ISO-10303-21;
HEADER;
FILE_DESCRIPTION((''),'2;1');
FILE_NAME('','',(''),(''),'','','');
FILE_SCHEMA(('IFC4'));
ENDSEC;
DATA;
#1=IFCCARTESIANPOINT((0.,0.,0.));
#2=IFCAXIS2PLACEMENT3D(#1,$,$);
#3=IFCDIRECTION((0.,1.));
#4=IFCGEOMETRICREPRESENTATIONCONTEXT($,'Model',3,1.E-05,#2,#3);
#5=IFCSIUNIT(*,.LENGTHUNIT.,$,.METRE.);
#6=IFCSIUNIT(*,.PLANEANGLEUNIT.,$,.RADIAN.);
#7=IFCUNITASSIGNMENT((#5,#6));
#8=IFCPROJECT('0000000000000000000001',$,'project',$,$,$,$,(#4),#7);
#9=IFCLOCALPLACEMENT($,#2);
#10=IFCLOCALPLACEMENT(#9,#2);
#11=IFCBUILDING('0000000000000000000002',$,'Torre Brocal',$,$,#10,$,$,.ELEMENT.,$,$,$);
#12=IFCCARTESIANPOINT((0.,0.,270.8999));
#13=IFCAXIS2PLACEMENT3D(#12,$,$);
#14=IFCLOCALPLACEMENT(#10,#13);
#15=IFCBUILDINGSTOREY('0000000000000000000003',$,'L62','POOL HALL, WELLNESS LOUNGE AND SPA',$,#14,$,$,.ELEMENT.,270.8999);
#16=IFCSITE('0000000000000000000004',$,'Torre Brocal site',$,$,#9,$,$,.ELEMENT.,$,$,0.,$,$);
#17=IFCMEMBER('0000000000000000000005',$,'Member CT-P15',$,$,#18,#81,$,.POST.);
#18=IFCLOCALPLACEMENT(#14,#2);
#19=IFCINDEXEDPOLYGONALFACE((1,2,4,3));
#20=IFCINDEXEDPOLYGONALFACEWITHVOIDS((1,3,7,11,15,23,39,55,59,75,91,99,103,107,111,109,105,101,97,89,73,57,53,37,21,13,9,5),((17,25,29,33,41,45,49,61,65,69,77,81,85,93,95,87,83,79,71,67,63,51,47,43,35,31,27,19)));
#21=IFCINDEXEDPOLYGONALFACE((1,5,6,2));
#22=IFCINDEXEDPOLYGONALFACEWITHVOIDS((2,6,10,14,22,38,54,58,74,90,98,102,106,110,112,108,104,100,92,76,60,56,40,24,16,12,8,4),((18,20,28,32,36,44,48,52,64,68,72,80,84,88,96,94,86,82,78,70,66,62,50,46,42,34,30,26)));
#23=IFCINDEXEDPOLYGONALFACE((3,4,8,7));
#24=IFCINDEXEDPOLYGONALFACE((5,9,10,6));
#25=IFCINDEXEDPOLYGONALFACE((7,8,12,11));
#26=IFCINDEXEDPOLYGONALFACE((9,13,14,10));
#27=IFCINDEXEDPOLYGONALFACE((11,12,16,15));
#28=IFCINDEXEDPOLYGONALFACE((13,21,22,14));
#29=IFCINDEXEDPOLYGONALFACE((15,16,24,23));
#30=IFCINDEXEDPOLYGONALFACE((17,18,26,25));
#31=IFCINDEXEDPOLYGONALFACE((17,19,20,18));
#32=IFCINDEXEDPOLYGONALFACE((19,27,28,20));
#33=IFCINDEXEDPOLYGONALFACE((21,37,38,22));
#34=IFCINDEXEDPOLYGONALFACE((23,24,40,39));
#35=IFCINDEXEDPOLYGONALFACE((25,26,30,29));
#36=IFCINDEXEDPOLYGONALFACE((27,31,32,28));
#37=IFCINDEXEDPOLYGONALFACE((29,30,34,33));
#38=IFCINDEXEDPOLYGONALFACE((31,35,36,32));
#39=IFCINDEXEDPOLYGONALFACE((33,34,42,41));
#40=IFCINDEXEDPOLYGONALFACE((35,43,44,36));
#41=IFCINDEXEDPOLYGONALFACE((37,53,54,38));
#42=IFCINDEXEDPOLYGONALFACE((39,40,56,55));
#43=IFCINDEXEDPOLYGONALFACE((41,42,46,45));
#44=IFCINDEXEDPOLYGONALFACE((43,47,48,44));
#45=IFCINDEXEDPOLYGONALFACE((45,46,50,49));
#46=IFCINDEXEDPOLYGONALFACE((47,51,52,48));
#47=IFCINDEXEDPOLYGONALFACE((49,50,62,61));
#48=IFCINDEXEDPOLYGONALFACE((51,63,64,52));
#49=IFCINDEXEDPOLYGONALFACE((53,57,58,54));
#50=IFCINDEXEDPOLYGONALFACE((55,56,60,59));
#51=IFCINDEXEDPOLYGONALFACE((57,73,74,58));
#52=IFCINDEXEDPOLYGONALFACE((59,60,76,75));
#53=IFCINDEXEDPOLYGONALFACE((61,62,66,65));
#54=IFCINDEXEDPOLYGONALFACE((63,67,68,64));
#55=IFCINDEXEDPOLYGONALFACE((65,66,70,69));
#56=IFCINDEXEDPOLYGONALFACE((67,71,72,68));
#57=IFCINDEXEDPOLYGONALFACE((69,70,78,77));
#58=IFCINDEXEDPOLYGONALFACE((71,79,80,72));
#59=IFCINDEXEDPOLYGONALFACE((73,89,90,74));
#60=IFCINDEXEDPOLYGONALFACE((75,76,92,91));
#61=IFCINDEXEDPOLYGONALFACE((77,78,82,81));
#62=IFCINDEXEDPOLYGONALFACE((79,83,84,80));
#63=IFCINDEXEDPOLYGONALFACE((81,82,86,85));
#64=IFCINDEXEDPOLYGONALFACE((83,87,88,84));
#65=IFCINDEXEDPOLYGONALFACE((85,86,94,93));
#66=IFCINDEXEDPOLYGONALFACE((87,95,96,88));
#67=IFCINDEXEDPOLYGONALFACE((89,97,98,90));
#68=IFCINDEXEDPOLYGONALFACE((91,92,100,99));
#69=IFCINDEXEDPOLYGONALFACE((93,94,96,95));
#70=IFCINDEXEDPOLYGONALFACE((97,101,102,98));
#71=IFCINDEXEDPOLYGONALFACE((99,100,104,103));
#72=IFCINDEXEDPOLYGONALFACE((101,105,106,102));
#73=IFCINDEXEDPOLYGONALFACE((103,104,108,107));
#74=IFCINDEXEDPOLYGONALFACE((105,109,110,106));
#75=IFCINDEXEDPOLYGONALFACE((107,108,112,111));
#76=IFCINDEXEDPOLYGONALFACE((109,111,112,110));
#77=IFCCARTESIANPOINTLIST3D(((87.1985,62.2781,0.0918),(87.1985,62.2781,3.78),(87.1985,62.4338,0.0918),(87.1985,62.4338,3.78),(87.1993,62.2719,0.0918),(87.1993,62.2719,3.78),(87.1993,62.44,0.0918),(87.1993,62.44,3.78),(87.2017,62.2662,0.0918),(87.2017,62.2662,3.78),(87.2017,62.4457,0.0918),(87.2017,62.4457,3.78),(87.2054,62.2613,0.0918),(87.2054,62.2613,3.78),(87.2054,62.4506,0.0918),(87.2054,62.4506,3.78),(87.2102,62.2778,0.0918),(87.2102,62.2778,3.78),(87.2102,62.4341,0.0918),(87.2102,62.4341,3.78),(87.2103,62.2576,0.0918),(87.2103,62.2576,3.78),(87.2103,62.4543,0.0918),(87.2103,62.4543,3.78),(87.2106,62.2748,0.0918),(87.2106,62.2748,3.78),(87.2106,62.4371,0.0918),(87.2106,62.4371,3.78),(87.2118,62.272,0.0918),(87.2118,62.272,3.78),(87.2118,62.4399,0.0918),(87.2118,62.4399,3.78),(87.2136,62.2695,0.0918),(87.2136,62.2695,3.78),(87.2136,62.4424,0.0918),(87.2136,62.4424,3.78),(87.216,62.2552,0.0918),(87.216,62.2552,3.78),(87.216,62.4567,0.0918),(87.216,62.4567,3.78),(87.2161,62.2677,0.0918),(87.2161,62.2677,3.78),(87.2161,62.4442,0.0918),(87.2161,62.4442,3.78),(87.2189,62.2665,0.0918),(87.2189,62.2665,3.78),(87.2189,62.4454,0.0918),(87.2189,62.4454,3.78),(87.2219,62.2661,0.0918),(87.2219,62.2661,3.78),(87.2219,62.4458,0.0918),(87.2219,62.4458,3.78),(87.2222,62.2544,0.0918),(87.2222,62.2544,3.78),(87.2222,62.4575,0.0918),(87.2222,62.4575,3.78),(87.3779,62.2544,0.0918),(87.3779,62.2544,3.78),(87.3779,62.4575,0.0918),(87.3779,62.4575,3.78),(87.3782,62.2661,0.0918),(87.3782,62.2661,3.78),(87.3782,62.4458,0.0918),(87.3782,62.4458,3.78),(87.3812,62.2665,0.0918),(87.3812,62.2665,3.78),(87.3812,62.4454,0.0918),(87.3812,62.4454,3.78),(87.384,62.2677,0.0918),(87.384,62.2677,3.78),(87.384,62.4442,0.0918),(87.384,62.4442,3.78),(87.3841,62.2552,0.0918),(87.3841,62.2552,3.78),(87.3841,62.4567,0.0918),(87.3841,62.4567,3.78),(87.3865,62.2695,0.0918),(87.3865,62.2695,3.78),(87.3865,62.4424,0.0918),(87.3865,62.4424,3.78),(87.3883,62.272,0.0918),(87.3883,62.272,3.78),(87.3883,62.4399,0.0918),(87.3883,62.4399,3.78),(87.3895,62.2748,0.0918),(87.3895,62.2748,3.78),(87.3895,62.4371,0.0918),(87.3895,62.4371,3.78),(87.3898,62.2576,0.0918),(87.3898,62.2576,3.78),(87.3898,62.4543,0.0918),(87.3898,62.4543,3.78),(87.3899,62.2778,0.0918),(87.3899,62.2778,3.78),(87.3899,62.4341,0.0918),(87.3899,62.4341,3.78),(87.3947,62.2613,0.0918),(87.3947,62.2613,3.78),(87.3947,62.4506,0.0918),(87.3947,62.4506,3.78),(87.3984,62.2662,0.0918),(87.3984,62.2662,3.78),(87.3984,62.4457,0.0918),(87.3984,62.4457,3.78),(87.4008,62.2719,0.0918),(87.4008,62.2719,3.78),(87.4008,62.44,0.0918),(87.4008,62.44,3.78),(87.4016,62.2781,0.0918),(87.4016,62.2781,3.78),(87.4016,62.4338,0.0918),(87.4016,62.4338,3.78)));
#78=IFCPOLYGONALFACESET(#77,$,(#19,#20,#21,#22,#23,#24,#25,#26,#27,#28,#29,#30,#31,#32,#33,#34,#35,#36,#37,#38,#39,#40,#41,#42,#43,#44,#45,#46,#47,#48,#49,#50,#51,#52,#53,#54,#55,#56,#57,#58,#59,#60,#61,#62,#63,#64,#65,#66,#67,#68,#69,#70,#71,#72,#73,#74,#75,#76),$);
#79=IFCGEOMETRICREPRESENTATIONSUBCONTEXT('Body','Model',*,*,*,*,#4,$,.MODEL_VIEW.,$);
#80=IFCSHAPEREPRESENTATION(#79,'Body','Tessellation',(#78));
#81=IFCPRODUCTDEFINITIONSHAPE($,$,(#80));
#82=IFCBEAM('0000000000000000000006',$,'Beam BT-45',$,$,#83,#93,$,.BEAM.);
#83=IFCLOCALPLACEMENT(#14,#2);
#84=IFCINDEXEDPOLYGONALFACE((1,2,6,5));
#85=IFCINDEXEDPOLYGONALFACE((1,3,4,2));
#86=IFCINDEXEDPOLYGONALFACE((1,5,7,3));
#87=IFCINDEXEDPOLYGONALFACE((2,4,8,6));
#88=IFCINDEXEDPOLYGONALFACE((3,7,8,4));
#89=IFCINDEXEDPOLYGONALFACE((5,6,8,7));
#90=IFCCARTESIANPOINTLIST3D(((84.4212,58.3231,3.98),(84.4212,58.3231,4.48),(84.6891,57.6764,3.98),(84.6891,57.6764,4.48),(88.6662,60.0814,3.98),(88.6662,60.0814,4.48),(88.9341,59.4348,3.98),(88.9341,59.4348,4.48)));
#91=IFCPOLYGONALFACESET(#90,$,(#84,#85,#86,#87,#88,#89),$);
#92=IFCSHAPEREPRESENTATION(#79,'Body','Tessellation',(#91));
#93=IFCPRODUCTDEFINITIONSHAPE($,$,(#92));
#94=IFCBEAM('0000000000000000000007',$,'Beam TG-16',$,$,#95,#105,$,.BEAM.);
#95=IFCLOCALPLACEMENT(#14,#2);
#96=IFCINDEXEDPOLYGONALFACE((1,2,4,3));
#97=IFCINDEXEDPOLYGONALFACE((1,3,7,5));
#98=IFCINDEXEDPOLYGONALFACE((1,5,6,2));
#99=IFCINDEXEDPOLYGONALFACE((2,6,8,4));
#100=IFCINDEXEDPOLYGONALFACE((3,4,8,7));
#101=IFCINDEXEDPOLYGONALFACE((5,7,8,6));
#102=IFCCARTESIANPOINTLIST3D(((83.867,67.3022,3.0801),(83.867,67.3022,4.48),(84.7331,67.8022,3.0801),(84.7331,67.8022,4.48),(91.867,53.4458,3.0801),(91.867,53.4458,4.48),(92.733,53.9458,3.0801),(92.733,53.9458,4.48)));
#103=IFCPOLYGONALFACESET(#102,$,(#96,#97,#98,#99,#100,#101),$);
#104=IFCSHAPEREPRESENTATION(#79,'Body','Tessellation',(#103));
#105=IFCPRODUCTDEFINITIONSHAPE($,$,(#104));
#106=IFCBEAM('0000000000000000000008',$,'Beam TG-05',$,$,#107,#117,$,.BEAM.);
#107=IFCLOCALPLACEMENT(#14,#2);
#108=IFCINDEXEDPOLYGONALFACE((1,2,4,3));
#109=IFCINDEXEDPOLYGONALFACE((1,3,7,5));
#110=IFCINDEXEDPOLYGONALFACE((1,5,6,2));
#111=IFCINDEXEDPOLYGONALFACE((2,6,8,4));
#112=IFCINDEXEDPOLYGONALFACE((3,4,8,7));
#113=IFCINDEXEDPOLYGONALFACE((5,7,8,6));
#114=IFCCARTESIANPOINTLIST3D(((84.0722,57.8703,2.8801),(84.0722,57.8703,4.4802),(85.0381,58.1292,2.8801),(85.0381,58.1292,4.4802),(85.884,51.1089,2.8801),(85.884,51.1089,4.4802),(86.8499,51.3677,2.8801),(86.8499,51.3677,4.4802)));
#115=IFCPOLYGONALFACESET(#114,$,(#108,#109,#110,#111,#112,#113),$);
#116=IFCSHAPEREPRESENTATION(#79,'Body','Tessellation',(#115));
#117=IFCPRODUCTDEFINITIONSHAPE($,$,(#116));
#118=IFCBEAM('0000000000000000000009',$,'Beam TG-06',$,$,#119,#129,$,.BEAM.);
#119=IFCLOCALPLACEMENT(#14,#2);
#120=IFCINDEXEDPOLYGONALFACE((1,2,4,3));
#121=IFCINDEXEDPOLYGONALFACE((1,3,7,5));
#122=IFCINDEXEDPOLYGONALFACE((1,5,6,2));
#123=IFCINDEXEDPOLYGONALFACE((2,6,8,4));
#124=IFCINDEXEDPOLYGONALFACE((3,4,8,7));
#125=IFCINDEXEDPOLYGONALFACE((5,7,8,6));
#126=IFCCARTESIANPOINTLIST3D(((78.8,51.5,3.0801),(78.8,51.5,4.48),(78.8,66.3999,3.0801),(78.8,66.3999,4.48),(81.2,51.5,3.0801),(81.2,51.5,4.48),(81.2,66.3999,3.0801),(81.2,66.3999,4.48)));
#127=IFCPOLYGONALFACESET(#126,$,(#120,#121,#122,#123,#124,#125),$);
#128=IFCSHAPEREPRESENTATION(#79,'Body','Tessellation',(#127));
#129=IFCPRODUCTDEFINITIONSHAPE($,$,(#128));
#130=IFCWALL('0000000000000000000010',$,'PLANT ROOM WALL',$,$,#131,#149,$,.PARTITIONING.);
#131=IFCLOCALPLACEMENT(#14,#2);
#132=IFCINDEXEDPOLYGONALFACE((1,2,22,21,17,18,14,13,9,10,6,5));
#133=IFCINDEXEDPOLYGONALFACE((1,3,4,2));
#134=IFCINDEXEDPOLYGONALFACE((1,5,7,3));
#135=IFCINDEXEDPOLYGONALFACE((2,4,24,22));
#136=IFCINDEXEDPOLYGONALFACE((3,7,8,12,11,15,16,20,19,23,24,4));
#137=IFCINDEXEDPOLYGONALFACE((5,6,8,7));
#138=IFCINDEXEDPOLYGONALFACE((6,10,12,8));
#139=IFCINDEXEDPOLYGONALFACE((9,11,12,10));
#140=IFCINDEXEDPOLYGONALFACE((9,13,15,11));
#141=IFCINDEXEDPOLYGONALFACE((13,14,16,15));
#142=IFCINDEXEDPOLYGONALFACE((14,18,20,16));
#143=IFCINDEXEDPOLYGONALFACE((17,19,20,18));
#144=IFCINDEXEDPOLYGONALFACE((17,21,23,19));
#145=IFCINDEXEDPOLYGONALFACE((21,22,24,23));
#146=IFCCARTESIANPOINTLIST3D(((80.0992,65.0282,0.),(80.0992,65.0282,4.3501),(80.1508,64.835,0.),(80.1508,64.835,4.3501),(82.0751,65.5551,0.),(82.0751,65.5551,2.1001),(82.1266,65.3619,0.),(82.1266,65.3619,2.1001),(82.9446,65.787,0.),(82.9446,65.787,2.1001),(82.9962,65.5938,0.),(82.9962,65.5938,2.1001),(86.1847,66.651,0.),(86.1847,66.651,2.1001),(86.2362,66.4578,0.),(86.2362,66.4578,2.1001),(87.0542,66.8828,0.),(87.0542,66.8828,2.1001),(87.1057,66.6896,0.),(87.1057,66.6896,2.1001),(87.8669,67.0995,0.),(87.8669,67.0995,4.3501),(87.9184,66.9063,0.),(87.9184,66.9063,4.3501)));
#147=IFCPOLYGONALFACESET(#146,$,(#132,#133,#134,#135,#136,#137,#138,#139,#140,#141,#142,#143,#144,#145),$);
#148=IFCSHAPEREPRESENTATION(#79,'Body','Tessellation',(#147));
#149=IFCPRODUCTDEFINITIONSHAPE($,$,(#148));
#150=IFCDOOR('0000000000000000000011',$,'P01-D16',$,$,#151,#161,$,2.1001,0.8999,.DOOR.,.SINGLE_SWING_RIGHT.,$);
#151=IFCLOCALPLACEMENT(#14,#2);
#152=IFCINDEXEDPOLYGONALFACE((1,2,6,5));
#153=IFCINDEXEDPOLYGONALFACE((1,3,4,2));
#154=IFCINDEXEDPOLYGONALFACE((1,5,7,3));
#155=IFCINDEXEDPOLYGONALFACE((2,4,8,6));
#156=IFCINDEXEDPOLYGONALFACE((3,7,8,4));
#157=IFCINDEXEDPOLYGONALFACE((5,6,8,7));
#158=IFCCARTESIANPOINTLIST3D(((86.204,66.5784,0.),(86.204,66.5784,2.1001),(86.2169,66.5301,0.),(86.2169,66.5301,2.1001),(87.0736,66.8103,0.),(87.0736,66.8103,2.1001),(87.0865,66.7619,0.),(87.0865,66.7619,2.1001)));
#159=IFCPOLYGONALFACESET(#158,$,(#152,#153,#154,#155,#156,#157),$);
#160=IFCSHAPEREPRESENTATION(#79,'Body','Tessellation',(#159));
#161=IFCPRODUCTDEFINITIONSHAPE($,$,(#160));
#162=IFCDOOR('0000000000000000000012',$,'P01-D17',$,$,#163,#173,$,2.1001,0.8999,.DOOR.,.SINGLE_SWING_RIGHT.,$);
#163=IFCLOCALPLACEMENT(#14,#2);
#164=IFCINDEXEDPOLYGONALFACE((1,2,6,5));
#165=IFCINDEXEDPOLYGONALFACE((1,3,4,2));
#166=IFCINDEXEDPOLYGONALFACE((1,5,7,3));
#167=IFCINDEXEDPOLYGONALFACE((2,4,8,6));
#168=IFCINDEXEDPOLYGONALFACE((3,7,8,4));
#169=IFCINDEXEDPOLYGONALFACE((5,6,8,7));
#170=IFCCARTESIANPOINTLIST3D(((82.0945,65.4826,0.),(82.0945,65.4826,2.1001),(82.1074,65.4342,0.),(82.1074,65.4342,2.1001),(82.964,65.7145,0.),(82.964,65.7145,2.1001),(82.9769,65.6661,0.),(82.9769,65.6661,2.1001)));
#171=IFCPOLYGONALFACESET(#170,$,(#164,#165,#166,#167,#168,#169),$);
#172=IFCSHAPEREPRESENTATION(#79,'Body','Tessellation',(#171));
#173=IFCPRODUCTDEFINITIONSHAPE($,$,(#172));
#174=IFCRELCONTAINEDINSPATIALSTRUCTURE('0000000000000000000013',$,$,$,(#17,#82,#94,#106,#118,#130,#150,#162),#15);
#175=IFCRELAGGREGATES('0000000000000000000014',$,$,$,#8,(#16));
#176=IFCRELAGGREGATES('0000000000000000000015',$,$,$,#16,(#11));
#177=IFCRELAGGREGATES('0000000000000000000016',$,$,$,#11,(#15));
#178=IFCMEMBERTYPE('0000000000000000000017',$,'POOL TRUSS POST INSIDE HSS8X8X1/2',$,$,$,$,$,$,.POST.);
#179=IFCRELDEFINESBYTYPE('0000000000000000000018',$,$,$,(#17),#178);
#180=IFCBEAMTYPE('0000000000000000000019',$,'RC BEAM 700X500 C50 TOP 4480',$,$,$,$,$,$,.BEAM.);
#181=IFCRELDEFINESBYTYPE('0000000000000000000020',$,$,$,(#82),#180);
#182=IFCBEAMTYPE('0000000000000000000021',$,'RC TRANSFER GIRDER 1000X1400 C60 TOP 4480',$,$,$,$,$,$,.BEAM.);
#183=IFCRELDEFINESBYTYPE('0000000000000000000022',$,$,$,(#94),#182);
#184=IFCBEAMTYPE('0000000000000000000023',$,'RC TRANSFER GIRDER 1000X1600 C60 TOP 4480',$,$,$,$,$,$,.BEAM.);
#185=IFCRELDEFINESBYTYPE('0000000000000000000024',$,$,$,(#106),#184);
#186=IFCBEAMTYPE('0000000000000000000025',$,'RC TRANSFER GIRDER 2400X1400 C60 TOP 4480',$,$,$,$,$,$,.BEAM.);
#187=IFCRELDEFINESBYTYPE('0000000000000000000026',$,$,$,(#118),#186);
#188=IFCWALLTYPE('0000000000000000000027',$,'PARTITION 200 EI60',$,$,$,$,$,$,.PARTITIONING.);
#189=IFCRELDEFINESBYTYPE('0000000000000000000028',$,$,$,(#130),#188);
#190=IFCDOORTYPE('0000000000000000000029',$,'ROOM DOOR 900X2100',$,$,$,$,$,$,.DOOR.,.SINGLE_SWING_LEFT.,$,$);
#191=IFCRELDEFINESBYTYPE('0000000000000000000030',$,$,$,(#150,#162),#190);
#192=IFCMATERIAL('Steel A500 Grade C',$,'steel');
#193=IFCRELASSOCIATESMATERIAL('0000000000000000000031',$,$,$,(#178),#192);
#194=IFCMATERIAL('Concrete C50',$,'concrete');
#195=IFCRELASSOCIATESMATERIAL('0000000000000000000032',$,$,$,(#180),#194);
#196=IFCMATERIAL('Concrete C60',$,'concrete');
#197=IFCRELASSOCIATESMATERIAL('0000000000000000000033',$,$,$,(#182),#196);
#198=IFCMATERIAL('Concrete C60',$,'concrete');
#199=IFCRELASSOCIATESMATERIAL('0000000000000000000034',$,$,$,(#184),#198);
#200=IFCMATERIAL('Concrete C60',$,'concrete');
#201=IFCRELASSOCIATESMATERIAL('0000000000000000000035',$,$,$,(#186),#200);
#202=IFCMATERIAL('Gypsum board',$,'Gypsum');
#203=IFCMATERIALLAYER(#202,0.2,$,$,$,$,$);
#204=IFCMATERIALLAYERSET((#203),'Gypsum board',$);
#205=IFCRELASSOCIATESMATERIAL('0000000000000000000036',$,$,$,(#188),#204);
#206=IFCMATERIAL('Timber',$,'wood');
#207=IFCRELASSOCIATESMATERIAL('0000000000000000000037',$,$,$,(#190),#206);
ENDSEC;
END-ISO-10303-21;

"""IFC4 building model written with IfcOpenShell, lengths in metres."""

from ifc_helpers import new_model, si_unit, direction, frame, frame_2d, origin, origin_2d, place, context, subcontext, project, spatial, rectangle, hollow_rectangle, extrude, material, layer, layer_set, material_profile, profile_set, type_object, element, fill, save


model = new_model("IFC4")

# Units and contexts
model_context = context("Model", 3, precision=1e-05, world=origin(), true_north=direction((0.0, 1.0)))
body_context = subcontext(model_context, "Body", "Model", "MODEL_VIEW")
ifc_project = project(units=[si_unit("LENGTHUNIT", "METRE"), si_unit("PLANEANGLEUNIT", "RADIAN")], contexts=[model_context])

# Site, building, storey
site_placement = place(None, origin())
site = spatial("IfcSite", under=ifc_project, at=site_placement, Name="Torre Brocal site", CompositionType="ELEMENT", RefElevation=0.0)
building_placement = place(site_placement, origin())
building = spatial("IfcBuilding", under=site, at=building_placement, Name="Torre Brocal", CompositionType="ELEMENT")
storey_placement = place(building_placement, frame((0.0, 0.0, 270.8999)))
storey = spatial("IfcBuildingStorey", under=building, at=storey_placement, Name="L62", Description="POOL HALL, WELLNESS LOUNGE AND SPA", CompositionType="ELEMENT", Elevation=270.8999)

# Member
ifc_material_1 = material(Name="Steel A500 Grade C", Category="steel")
ifc_material_profile_1 = material_profile(ifc_material_1, hollow_rectangle(XDim=0.2031, YDim=0.2031, WallThickness=0.0117, InnerFilletRadius=0.0117, OuterFilletRadius=0.0237, at=origin_2d()), Name="HSS8X8X1/2")
ifc_profile_set_1 = profile_set([ifc_material_profile_1], Name="Steel A500 Grade C")
member_type_1 = type_object("IfcMemberType", Name="POOL TRUSS POST INSIDE HSS8X8X1/2", PredefinedType="POST", material=ifc_profile_set_1)
for number, where, z_axis, x_axis, name in (
    (1, (87.3, 62.356, 0.0918), (0.0, 0.0, 1.0), (1.0, 0.0, 0.0), "Member CT-P15"),
):
    element("IfcMember", number, at=place(storey_placement, frame(where, z_axis=z_axis, x_axis=x_axis)), inside=storey, type_object=member_type_1, Name=name, PredefinedType="POST", context=body_context, shape_type="SweptSolid", body=[
        extrude(hollow_rectangle(XDim=0.2031, YDim=0.2031, WallThickness=0.0117, InnerFilletRadius=0.0117, OuterFilletRadius=0.0237, at=origin_2d()), origin(), (0.0, 0.0, 1.0), 3.6882),
    ])

# Beams
ifc_material_2 = material(Name="Concrete C50", Category="concrete")
ifc_material_profile_2 = material_profile(ifc_material_2, rectangle(XDim=0.7, YDim=0.5, at=origin_2d()), Name="RC 700X500")
ifc_profile_set_2 = profile_set([ifc_material_profile_2], Name="Concrete C50")
beam_type_1 = type_object("IfcBeamType", Name="RC BEAM 700X500 C50 TOP 4480", PredefinedType="BEAM", material=ifc_profile_set_2)
beam_1_placement = place(storey_placement, frame((84.5552, 57.9998, 4.23), z_axis=(0.923878, 0.382687, 0.0), x_axis=(-0.382687, 0.923878, 0.0)))
element("IfcBeam", 2, at=beam_1_placement, inside=storey, type_object=beam_type_1, Name="Beam BT-45", PredefinedType="BEAM", context=body_context, shape_type="SweptSolid", body=[
    extrude(rectangle(XDim=0.7, YDim=0.5, at=origin_2d()), origin(), (0.0, 0.0, 1.0), 4.5947),
])
ifc_material_3 = material(Name="Concrete C60", Category="concrete")
ifc_material_profile_3 = material_profile(ifc_material_3, rectangle(XDim=1.0, YDim=1.3999, at=origin_2d()), Name="RC 1000X1400")
ifc_profile_set_3 = profile_set([ifc_material_profile_3], Name="Concrete C60")
beam_type_2 = type_object("IfcBeamType", Name="RC TRANSFER GIRDER 1000X1400 C60 TOP 4480", PredefinedType="BEAM", material=ifc_profile_set_3)
beam_2_placement = place(storey_placement, frame((84.3, 67.5522, 3.78), z_axis=(0.499999, -0.866026, 0.0), x_axis=(0.866026, 0.499999, 0.0)))
element("IfcBeam", 3, at=beam_2_placement, inside=storey, type_object=beam_type_2, Name="Beam TG-16", PredefinedType="BEAM", context=body_context, shape_type="SweptSolid", body=[
    extrude(rectangle(XDim=1.0, YDim=1.3999, at=origin_2d()), origin(), (0.0, 0.0, 1.0), 16.0),
])
ifc_material_4 = material(Name="Concrete C60", Category="concrete")
ifc_material_profile_4 = material_profile(ifc_material_4, rectangle(XDim=1.0, YDim=1.6001, at=origin_2d()), Name="RC 1000X1600")
ifc_profile_set_4 = profile_set([ifc_material_profile_4], Name="Concrete C60")
beam_type_3 = type_object("IfcBeamType", Name="RC TRANSFER GIRDER 1000X1600 C60 TOP 4480", PredefinedType="BEAM", material=ifc_profile_set_4)
beam_3_placement = place(storey_placement, frame((84.5552, 57.9998, 3.6802), z_axis=(0.258824, -0.965925, 0.0), x_axis=(0.965925, 0.258824, 0.0)))
element("IfcBeam", 4, at=beam_3_placement, inside=storey, type_object=beam_type_3, Name="Beam TG-05", PredefinedType="BEAM", context=body_context, shape_type="SweptSolid", body=[
    extrude(rectangle(XDim=1.0, YDim=1.6001, at=origin_2d()), origin(), (0.0, 0.0, 1.0), 7.0),
])
ifc_material_5 = material(Name="Concrete C60", Category="concrete")
ifc_material_profile_5 = material_profile(ifc_material_5, rectangle(XDim=2.3999, YDim=1.3999, at=origin_2d()), Name="RC 2400X1400")
ifc_profile_set_5 = profile_set([ifc_material_profile_5], Name="Concrete C60")
beam_type_4 = type_object("IfcBeamType", Name="RC TRANSFER GIRDER 2400X1400 C60 TOP 4480", PredefinedType="BEAM", material=ifc_profile_set_5)
beam_4_placement = place(storey_placement, frame((80.0, 66.3999, 3.78), z_axis=(0.0, -1.0, 0.0), x_axis=(1.0, 0.0, 0.0)))
element("IfcBeam", 5, at=beam_4_placement, inside=storey, type_object=beam_type_4, Name="Beam TG-06", PredefinedType="BEAM", context=body_context, shape_type="SweptSolid", body=[
    extrude(rectangle(XDim=2.3999, YDim=1.3999, at=origin_2d()), origin(), (0.0, 0.0, 1.0), 14.8999),
])

# Wall, openings, doors
ifc_material_6 = material(Name="Gypsum board", Category="Gypsum")
ifc_layer_1 = layer(ifc_material_6, 0.2)
ifc_layer_set_1 = layer_set([ifc_layer_1], Name="Gypsum board")
wall_type_1 = type_object("IfcWallType", Name="PARTITION 200 EI60", PredefinedType="PARTITIONING", material=ifc_layer_set_1)
wall_1_placement = place(storey_placement, frame((80.125, 64.9316, 0.0), z_axis=(0.0, 0.0, 1.0), x_axis=(0.966237, 0.257655, 0.0)))
wall_1 = element("IfcWall", 6, at=wall_1_placement, inside=storey, type_object=wall_type_1, Name="PLANT ROOM WALL", PredefinedType="PARTITIONING", context=body_context, shape_type="SweptSolid", body=[
    extrude(rectangle(XDim=8.0391, YDim=0.2, at=frame_2d((4.0195, 0.0))), origin(), (0.0, 0.0, 1.0), 4.3501),
])
opening_1_placement = place(wall_1_placement, frame((6.2981, 0.0, 0.0)))
opening_1 = element("IfcOpeningElement", 7, at=opening_1_placement, cuts=wall_1, PredefinedType="OPENING", context=body_context, shape_type="SweptSolid", body=[
    extrude(rectangle(XDim=0.8999, YDim=2.1001, at=frame_2d((0.45, 1.05))), frame((0.0, 0.1099, 0.0), z_axis=(0.0, -1.0, 0.0), x_axis=(1.0, 0.0, 0.0)), (0.0, 0.0, 1.0), 0.22),
])
opening_2_placement = place(wall_1_placement, frame((2.0449, 0.0, 0.0)))
opening_2 = element("IfcOpeningElement", 8, at=opening_2_placement, cuts=wall_1, PredefinedType="OPENING", context=body_context, shape_type="SweptSolid", body=[
    extrude(rectangle(XDim=0.8999, YDim=2.1001, at=frame_2d((0.45, 1.05))), frame((0.0, 0.1099, 0.0), z_axis=(0.0, -1.0, 0.0), x_axis=(1.0, 0.0, 0.0)), (0.0, 0.0, 1.0), 0.22),
])
ifc_material_7 = material(Name="Timber", Category="wood")
door_type_1 = type_object("IfcDoorType", Name="ROOM DOOR 900X2100", OperationType="SINGLE_SWING_LEFT", PredefinedType="DOOR", material=ifc_material_7)
door_1_placement = place(opening_1_placement, origin())
door_1 = element("IfcDoor", 9, at=door_1_placement, inside=storey, type_object=door_type_1, Name="P01-D16", OperationType="SINGLE_SWING_RIGHT", OverallHeight=2.1001, OverallWidth=0.8999, PredefinedType="DOOR", context=body_context, shape_type="SweptSolid", body=[
    extrude(rectangle(XDim=0.8999, YDim=2.1001, at=frame_2d((0.45, 1.05))), frame((0.0, 0.0249, 0.0), z_axis=(0.0, -1.0, 0.0), x_axis=(1.0, 0.0, 0.0)), (0.0, 0.0, 1.0), 0.05),
])
fill(opening_1, door_1)
door_2_placement = place(opening_2_placement, origin())
door_2 = element("IfcDoor", 10, at=door_2_placement, inside=storey, type_object=door_type_1, Name="P01-D17", OperationType="SINGLE_SWING_RIGHT", OverallHeight=2.1001, OverallWidth=0.8999, PredefinedType="DOOR", context=body_context, shape_type="SweptSolid", body=[
    extrude(rectangle(XDim=0.8999, YDim=2.1001, at=frame_2d((0.45, 1.05))), frame((0.0, 0.0249, 0.0), z_axis=(0.0, -1.0, 0.0), x_axis=(1.0, 0.0, 0.0)), (0.0, 0.0, 1.0), 0.05),
])
fill(opening_2, door_2)

save(model, "model.ifc")
